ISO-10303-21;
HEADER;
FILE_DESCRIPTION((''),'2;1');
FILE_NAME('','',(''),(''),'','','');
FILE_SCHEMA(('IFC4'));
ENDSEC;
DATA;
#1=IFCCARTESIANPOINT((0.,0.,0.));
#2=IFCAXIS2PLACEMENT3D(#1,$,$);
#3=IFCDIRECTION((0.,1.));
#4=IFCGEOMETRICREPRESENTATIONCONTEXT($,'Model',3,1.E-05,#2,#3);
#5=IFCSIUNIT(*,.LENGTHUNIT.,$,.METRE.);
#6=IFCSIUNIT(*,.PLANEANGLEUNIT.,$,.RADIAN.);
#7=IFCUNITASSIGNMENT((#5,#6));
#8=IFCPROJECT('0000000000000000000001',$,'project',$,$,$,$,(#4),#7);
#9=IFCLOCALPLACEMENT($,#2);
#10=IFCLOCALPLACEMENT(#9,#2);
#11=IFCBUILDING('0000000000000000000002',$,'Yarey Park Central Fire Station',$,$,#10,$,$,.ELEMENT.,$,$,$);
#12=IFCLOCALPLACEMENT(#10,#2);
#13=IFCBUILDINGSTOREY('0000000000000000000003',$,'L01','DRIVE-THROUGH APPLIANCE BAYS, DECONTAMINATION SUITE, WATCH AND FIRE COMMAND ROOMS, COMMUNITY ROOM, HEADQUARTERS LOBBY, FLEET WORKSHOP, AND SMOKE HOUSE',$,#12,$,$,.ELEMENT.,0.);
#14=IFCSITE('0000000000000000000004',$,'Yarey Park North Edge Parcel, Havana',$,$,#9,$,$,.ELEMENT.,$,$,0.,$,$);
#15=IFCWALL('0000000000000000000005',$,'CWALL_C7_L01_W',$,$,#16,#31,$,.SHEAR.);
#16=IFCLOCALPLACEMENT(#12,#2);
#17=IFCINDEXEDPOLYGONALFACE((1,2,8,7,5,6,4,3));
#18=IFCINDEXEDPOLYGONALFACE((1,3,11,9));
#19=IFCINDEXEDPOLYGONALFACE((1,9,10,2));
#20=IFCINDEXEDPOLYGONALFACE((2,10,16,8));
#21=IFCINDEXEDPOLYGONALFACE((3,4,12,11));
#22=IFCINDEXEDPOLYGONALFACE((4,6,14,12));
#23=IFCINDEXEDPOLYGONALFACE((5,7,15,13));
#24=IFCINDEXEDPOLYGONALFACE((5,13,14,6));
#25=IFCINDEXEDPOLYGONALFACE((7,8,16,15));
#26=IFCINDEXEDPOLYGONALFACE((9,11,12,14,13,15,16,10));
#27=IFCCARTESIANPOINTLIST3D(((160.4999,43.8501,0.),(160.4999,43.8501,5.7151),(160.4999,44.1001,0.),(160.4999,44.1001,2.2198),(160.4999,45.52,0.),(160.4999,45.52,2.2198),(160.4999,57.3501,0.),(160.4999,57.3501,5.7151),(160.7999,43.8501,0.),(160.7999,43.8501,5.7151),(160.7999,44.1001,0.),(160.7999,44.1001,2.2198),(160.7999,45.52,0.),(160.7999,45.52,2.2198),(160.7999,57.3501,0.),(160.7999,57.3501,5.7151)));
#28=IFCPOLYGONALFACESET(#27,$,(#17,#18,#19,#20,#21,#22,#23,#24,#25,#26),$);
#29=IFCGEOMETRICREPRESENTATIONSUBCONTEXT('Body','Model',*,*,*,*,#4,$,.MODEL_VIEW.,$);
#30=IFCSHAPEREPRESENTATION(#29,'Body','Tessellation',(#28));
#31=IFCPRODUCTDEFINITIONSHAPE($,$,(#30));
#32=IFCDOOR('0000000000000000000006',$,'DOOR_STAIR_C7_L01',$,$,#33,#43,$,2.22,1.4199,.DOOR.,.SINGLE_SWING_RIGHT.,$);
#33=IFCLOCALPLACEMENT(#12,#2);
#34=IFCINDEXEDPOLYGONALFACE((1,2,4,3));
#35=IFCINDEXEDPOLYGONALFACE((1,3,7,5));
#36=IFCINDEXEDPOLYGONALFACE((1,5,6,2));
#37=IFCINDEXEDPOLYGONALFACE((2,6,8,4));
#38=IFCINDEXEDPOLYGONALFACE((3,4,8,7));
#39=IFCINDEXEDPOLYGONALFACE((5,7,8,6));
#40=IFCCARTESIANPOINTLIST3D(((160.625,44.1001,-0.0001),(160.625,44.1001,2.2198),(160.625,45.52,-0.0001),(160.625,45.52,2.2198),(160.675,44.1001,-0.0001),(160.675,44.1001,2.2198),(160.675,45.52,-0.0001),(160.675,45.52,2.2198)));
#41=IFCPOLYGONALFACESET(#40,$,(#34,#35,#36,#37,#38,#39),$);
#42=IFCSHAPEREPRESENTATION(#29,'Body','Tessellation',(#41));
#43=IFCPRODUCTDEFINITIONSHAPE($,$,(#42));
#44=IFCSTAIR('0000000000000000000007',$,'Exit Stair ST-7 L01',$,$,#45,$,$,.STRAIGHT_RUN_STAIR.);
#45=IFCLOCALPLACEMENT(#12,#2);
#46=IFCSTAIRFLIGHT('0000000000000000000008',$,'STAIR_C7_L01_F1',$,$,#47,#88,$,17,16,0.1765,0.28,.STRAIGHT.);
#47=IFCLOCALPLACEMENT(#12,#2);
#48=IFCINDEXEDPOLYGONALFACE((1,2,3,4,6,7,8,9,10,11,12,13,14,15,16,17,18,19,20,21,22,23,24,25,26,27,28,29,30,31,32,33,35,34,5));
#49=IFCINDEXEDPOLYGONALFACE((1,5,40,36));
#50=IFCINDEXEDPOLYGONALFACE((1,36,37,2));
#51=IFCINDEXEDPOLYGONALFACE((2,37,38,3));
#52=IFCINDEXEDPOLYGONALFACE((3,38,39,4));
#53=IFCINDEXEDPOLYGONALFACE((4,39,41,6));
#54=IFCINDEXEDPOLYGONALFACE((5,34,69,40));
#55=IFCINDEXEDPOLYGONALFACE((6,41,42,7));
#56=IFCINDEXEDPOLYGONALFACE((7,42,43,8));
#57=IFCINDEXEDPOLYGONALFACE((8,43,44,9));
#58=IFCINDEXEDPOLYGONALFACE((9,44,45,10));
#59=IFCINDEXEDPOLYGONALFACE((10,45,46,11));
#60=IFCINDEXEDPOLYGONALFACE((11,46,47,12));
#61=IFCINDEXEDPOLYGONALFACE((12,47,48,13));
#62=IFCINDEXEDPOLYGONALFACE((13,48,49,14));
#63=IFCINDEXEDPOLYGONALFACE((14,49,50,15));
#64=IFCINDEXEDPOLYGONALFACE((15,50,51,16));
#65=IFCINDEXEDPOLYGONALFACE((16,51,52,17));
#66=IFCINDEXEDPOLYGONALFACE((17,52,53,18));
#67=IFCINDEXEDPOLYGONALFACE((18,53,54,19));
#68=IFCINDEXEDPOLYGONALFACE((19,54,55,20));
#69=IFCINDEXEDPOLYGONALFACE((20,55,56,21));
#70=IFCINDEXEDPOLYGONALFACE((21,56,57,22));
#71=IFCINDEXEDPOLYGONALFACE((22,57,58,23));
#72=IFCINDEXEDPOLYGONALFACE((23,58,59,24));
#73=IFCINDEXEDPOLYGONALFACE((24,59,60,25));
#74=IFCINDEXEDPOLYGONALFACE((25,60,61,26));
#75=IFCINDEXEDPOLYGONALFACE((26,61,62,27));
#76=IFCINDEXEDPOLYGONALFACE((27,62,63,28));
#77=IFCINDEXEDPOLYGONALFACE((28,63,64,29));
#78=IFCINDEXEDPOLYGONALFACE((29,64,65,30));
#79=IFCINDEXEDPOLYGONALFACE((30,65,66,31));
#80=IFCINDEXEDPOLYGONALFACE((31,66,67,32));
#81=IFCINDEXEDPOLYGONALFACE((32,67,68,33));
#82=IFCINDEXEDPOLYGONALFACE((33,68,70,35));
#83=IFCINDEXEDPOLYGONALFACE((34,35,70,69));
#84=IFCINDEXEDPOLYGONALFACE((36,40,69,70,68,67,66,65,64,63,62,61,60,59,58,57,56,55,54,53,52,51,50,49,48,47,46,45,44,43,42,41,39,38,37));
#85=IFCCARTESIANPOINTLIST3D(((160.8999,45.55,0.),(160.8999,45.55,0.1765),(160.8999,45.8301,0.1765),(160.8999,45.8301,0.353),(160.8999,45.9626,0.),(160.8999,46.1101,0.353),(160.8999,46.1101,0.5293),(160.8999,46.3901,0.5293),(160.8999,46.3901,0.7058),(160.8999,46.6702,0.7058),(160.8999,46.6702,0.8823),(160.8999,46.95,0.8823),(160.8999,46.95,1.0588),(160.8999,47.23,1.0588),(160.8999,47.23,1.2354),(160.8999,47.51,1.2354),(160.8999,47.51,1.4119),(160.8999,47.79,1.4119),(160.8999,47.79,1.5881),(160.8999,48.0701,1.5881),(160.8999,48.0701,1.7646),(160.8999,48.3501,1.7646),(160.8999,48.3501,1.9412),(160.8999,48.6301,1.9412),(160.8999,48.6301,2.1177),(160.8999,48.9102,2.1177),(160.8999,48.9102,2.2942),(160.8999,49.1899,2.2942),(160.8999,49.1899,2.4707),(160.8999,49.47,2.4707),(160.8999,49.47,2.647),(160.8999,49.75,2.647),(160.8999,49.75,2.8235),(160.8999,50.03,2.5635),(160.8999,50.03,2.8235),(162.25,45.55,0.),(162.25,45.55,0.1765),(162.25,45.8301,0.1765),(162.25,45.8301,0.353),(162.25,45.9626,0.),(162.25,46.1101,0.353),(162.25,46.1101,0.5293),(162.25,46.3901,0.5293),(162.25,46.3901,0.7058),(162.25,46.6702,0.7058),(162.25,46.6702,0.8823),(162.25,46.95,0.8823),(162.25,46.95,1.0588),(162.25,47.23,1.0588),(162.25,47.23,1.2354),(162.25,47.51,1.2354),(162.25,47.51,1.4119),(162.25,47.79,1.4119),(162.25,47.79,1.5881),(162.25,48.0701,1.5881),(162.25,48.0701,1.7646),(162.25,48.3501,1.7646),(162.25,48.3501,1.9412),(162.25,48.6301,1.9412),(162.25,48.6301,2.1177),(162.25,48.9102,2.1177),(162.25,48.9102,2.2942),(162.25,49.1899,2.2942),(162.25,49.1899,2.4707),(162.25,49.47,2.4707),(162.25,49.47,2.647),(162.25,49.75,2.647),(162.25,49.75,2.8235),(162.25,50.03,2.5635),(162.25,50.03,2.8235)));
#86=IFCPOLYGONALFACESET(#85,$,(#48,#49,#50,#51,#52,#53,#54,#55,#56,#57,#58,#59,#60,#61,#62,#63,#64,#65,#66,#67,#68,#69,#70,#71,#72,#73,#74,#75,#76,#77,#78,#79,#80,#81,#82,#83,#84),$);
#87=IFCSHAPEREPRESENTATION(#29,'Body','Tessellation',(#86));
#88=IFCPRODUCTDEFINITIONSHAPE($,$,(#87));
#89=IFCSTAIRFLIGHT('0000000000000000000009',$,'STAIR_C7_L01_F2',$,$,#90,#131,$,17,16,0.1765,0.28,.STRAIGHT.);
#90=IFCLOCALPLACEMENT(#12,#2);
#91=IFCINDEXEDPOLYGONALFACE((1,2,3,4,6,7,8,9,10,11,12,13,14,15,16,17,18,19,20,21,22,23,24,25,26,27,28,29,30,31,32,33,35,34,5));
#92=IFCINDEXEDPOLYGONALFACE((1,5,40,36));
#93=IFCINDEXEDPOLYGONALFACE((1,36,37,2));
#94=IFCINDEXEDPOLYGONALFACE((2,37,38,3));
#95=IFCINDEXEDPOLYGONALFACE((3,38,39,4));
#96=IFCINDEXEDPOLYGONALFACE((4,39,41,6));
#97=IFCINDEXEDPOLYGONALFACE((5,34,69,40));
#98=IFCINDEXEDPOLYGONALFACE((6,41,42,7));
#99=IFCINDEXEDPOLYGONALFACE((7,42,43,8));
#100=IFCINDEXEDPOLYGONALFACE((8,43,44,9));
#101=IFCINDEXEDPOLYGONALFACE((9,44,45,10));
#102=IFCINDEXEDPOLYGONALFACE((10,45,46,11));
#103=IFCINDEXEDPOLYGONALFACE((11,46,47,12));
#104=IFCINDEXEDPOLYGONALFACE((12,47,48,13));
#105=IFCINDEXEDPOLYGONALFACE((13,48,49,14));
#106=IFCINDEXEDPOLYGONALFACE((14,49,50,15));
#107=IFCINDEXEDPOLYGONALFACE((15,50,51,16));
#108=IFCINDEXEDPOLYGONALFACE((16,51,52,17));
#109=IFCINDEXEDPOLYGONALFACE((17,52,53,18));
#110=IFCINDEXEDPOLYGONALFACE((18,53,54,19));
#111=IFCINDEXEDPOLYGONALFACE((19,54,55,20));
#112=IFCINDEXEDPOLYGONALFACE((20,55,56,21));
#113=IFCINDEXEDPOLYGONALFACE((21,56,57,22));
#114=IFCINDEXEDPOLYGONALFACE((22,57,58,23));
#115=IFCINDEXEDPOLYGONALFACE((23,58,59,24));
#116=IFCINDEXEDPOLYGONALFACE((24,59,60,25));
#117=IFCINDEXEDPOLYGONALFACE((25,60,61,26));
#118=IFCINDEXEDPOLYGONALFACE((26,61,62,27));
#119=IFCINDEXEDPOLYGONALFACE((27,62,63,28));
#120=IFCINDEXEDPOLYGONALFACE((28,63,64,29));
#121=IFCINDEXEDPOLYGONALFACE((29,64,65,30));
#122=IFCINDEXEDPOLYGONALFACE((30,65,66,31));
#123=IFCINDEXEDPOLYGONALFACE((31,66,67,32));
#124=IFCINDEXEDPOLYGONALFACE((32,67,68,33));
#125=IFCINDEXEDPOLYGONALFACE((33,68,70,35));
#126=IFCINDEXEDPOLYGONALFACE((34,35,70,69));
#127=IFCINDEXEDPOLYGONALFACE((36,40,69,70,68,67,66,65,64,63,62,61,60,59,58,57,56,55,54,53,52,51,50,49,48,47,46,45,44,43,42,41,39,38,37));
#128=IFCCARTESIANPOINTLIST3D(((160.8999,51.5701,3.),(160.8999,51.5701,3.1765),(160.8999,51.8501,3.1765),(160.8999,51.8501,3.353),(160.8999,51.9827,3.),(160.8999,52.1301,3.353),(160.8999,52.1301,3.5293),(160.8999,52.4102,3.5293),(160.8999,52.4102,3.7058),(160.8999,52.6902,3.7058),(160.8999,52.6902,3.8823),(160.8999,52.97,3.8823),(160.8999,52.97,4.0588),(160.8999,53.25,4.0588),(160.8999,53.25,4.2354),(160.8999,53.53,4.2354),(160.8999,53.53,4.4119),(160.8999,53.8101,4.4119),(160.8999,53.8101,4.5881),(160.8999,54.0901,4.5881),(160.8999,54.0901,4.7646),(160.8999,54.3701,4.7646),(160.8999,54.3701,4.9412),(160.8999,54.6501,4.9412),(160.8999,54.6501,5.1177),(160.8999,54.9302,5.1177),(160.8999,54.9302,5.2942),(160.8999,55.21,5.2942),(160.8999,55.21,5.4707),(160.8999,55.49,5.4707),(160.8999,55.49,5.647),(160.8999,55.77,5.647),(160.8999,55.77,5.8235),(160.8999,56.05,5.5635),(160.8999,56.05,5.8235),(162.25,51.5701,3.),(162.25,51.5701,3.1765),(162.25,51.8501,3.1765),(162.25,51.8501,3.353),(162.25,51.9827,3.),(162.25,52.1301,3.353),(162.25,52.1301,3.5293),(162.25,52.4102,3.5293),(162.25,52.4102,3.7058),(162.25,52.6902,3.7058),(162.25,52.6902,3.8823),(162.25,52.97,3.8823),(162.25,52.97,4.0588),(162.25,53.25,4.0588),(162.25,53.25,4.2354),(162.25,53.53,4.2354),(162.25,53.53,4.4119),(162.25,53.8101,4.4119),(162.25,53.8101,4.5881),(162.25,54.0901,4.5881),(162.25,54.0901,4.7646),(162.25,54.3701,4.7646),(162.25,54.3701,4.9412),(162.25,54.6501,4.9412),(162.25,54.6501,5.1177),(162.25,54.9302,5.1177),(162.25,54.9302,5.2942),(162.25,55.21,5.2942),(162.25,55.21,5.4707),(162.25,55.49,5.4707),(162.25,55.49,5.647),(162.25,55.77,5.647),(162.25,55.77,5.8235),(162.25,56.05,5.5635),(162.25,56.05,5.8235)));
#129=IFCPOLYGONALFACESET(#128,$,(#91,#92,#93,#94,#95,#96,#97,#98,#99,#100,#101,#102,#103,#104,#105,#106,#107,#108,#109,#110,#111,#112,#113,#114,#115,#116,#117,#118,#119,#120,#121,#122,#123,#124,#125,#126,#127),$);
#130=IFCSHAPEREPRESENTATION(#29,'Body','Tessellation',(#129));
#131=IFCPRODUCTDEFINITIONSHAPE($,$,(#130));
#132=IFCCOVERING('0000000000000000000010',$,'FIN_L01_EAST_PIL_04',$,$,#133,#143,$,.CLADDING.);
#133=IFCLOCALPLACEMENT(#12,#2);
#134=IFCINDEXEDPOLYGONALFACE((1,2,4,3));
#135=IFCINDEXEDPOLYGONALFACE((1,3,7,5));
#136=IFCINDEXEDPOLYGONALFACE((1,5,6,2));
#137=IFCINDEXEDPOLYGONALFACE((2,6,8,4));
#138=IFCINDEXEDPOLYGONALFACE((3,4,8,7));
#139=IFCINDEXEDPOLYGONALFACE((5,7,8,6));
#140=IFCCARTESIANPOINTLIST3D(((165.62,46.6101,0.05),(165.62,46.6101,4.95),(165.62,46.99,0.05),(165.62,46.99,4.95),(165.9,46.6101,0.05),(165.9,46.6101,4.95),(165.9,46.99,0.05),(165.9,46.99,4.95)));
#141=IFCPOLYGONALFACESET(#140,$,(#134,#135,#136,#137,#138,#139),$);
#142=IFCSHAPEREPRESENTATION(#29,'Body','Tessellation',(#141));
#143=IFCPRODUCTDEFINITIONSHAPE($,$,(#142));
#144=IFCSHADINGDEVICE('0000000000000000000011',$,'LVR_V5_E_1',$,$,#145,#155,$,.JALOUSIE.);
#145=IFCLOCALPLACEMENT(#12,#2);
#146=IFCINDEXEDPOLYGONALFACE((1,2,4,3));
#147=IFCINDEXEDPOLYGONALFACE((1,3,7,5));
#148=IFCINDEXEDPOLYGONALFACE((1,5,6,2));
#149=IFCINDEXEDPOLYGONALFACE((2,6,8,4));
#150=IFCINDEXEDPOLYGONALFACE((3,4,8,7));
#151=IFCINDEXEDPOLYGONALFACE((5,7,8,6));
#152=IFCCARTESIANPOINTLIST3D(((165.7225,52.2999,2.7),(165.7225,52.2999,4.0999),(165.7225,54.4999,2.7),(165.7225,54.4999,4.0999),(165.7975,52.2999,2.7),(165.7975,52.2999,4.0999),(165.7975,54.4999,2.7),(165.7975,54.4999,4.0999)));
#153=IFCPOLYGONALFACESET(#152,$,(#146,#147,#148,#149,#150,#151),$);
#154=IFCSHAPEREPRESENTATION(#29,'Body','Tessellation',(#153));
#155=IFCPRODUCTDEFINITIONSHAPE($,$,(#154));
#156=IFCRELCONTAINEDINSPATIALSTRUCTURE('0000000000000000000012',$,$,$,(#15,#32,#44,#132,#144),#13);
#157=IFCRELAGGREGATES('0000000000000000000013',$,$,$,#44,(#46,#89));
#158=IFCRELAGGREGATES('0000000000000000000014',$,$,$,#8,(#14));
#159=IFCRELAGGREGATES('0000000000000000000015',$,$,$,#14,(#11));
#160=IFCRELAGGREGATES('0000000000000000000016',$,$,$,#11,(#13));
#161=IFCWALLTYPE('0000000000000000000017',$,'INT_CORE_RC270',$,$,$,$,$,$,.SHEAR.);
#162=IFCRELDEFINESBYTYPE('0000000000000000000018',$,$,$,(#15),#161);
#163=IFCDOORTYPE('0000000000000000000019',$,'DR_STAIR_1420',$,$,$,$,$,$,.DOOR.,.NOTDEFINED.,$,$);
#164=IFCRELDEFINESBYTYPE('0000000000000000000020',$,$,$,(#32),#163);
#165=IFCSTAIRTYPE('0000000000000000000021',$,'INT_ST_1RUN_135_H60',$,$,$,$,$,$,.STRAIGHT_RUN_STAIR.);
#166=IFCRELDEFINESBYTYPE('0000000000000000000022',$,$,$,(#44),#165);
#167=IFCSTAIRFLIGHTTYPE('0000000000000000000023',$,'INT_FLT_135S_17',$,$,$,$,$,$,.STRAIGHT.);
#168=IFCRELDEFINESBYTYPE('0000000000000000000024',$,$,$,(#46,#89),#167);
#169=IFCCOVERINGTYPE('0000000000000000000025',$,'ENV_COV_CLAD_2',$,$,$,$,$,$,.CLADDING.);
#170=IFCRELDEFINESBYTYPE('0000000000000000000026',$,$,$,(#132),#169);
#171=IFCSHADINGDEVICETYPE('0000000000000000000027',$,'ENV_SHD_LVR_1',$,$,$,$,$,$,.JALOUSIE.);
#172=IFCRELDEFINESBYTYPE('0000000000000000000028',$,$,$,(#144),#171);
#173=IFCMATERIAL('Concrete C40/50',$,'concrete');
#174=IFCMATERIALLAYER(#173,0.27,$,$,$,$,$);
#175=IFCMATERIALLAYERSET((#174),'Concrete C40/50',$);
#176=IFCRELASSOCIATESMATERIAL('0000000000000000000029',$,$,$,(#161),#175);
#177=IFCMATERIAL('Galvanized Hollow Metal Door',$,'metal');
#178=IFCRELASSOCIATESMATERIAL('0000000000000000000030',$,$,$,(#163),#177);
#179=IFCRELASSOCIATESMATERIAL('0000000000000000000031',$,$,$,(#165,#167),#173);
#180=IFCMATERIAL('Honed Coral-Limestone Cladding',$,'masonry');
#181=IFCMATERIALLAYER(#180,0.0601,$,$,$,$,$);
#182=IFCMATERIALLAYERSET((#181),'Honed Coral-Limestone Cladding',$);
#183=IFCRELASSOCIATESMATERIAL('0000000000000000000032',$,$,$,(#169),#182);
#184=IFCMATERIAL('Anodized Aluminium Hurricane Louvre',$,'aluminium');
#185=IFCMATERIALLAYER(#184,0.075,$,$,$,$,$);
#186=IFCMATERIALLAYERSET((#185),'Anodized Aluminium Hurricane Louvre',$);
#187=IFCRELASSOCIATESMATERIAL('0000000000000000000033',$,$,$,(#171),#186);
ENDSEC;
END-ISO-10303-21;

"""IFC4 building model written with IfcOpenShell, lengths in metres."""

from ifc_helpers import new_model, si_unit, direction, frame, frame_2d, origin, origin_2d, place, context, subcontext, project, spatial, polyline, rectangle, outline, extrude, material, layer, layer_set, type_object, element, fill, aggregate, save


model = new_model("IFC4")

# Units and contexts
model_context = context("Model", 3, precision=1e-05, world=origin(), true_north=direction((0.0, 1.0)))
body_context = subcontext(model_context, "Body", "Model", "MODEL_VIEW")
ifc_project = project(units=[si_unit("LENGTHUNIT", "METRE"), si_unit("PLANEANGLEUNIT", "RADIAN")], contexts=[model_context])

# Site, building, storey
site_placement = place(None, origin())
site = spatial("IfcSite", under=ifc_project, at=site_placement, Name="Yarey Park North Edge Parcel, Havana", CompositionType="ELEMENT", RefElevation=0.0)
building_placement = place(site_placement, origin())
building = spatial("IfcBuilding", under=site, at=building_placement, Name="Yarey Park Central Fire Station", CompositionType="ELEMENT")
storey_placement = place(building_placement, origin())
storey = spatial("IfcBuildingStorey", under=building, at=storey_placement, Name="L01", Description="DRIVE-THROUGH APPLIANCE BAYS, DECONTAMINATION SUITE, WATCH AND FIRE COMMAND ROOMS, COMMUNITY ROOM, HEADQUARTERS LOBBY, FLEET WORKSHOP, AND SMOKE HOUSE", CompositionType="ELEMENT", Elevation=0.0)

# Wall, opening, door
ifc_material_1 = material(Name="Concrete C40/50", Category="concrete")
ifc_layer_1 = layer(ifc_material_1, 0.27)
ifc_layer_set_1 = layer_set([ifc_layer_1], Name="Concrete C40/50")
wall_type = type_object("IfcWallType", Name="INT_CORE_RC270", PredefinedType="SHEAR", material=ifc_layer_set_1)
wall_placement = place(storey_placement, frame((160.6499, 43.8501, 0.0), z_axis=(0.0, 0.0, 1.0), x_axis=(0.0, 1.0, 0.0)))
wall = element("IfcWall", 1, at=wall_placement, inside=storey, type_object=wall_type, Name="CWALL_C7_L01_W", PredefinedType="SHEAR", context=body_context, shape_type="SweptSolid", body=[
    extrude(rectangle(XDim=13.5, YDim=0.3, at=frame_2d((6.75, 0.0))), origin(), (0.0, 0.0, 1.0), 5.7151),
])
opening_placement = place(wall_placement, frame((0.25, 0.0, 0.0)))
opening = element("IfcOpeningElement", 2, at=opening_placement, cuts=wall, PredefinedType="OPENING", context=body_context, shape_type="SweptSolid", body=[
    extrude(rectangle(XDim=1.4199, YDim=2.22, at=frame_2d((0.71, 1.1099))), frame((0.0, 0.1599, 0.0), z_axis=(0.0, -1.0, 0.0), x_axis=(1.0, 0.0, 0.0)), (0.0, 0.0, 1.0), 0.3201),
])
ifc_material_2 = material(Name="Galvanized Hollow Metal Door", Category="metal")
door_type = type_object("IfcDoorType", Name="DR_STAIR_1420", OperationType="NOTDEFINED", PredefinedType="DOOR", material=ifc_material_2)
door_placement = place(opening_placement, origin())
door = element("IfcDoor", 3, at=door_placement, inside=storey, type_object=door_type, Name="DOOR_STAIR_C7_L01", OperationType="SINGLE_SWING_RIGHT", OverallHeight=2.22, OverallWidth=1.4199, PredefinedType="DOOR", context=body_context, shape_type="SweptSolid", body=[
    extrude(rectangle(XDim=1.4199, YDim=2.22, at=frame_2d((0.71, 1.1099))), frame((0.0, 0.0249, 0.0), z_axis=(0.0, -1.0, 0.0), x_axis=(1.0, 0.0, 0.0)), (0.0, 0.0, 1.0), 0.05),
])
fill(opening, door)

# Stair, stair flights
stair_type = type_object("IfcStairType", Name="INT_ST_1RUN_135_H60", PredefinedType="STRAIGHT_RUN_STAIR", material=ifc_material_1)
stair_placement = place(storey_placement, origin())
stair = element("IfcStair", 4, at=stair_placement, inside=storey, type_object=stair_type, Name="Exit Stair ST-7 L01", PredefinedType="STRAIGHT_RUN_STAIR")
stair_flight_type = type_object("IfcStairFlightType", Name="INT_FLT_135S_17", PredefinedType="STRAIGHT", material=ifc_material_1)
stair_flight_1_placement = place(storey_placement, frame((161.575, 45.55, 0.0), z_axis=(0.0, 0.0, 1.0), x_axis=(0.0, 1.0, 0.0)))
stair_flight_1 = element("IfcStairFlight", 5, at=stair_flight_1_placement, type_object=stair_flight_type, Name="STAIR_C7_L01_F1", NumberOfRisers=17, NumberOfTreads=16, PredefinedType="STRAIGHT", RiserHeight=0.1765, TreadLength=0.28, context=body_context, shape_type="SweptSolid", body=[
    extrude(outline(polyline([(0.0, 0.0), (0.0, 0.1765), (0.28, 0.1765), (0.28, 0.353), (0.5601, 0.353), (0.5601, 0.5293), (0.8401, 0.5293), (0.8401, 0.7058), (1.1201, 0.7058), (1.1201, 0.8823), (1.3999, 0.8823), (1.3999, 1.0588), (1.6799, 1.0588), (1.6799, 1.2354), (1.96, 1.2354), (1.96, 1.4119), (2.24, 1.4119), (2.24, 1.5881), (2.52, 1.5881), (2.52, 1.7646), (2.8, 1.7646), (2.8, 1.9412), (3.0801, 1.9412), (3.0801, 2.1177), (3.3601, 2.1177), (3.3601, 2.2942), (3.6399, 2.2942), (3.6399, 2.4707), (3.9199, 2.4707), (3.9199, 2.647), (4.2, 2.647), (4.2, 2.8235), (4.48, 2.8235), (4.48, 3.0), (4.48, 2.5635), (0.4126, 0.0), (0.0, 0.0)])), frame((0.0, 0.675, 0.0), z_axis=(0.0, -1.0, 0.0), x_axis=(1.0, 0.0, 0.0)), (0.0, 0.0, 1.0), 1.3501),
])
stair_flight_2_placement = place(storey_placement, frame((161.575, 51.5701, 3.0), z_axis=(0.0, 0.0, 1.0), x_axis=(0.0, 1.0, 0.0)))
stair_flight_2 = element("IfcStairFlight", 6, at=stair_flight_2_placement, type_object=stair_flight_type, Name="STAIR_C7_L01_F2", NumberOfRisers=17, NumberOfTreads=16, PredefinedType="STRAIGHT", RiserHeight=0.1765, TreadLength=0.28, context=body_context, shape_type="SweptSolid", body=[
    extrude(outline(polyline([(0.0, 0.0), (0.0, 0.1765), (0.28, 0.1765), (0.28, 0.353), (0.5601, 0.353), (0.5601, 0.5293), (0.8401, 0.5293), (0.8401, 0.7058), (1.1201, 0.7058), (1.1201, 0.8823), (1.3999, 0.8823), (1.3999, 1.0588), (1.6799, 1.0588), (1.6799, 1.2354), (1.96, 1.2354), (1.96, 1.4119), (2.24, 1.4119), (2.24, 1.5881), (2.52, 1.5881), (2.52, 1.7646), (2.8, 1.7646), (2.8, 1.9412), (3.0801, 1.9412), (3.0801, 2.1177), (3.3601, 2.1177), (3.3601, 2.2942), (3.6399, 2.2942), (3.6399, 2.4707), (3.9199, 2.4707), (3.9199, 2.647), (4.2, 2.647), (4.2, 2.8235), (4.48, 2.8235), (4.48, 3.0), (4.48, 2.5635), (0.4126, 0.0), (0.0, 0.0)])), frame((0.0, 0.675, 0.0), z_axis=(0.0, -1.0, 0.0), x_axis=(1.0, 0.0, 0.0)), (0.0, 0.0, 1.0), 1.3501),
])
aggregate(stair, [stair_flight_1, stair_flight_2])

# Covering
ifc_material_3 = material(Name="Honed Coral-Limestone Cladding", Category="masonry")
ifc_layer_2 = layer(ifc_material_3, 0.0601)
ifc_layer_set_2 = layer_set([ifc_layer_2], Name="Honed Coral-Limestone Cladding")
covering_type = type_object("IfcCoveringType", Name="ENV_COV_CLAD_2", PredefinedType="CLADDING", material=ifc_layer_set_2)
covering_placement = place(storey_placement, frame((165.76, 46.8, 0.05), z_axis=(0.0, 0.0, 1.0), x_axis=(0.0, 1.0, 0.0)))
element("IfcCovering", 7, at=covering_placement, inside=storey, type_object=covering_type, Name="FIN_L01_EAST_PIL_04", PredefinedType="CLADDING", context=body_context, shape_type="SweptSolid", body=[
    extrude(rectangle(XDim=0.3799, YDim=0.28, at=origin_2d()), origin(), (0.0, 0.0, 1.0), 4.8999),
])

# Shading device
ifc_material_4 = material(Name="Anodized Aluminium Hurricane Louvre", Category="aluminium")
ifc_layer_3 = layer(ifc_material_4, 0.075)
ifc_layer_set_3 = layer_set([ifc_layer_3], Name="Anodized Aluminium Hurricane Louvre")
shading_device_type = type_object("IfcShadingDeviceType", Name="ENV_SHD_LVR_1", PredefinedType="JALOUSIE", material=ifc_layer_set_3)
shading_device_placement = place(storey_placement, frame((165.76, 53.3999, 2.7), z_axis=(0.0, 0.0, 1.0), x_axis=(0.0, 1.0, 0.0)))
element("IfcShadingDevice", 8, at=shading_device_placement, inside=storey, type_object=shading_device_type, Name="LVR_V5_E_1", PredefinedType="JALOUSIE", context=body_context, shape_type="SweptSolid", body=[
    extrude(rectangle(XDim=2.2, YDim=0.075, at=origin_2d()), origin(), (0.0, 0.0, 1.0), 1.3999),
])

save(model, "model.ifc")
